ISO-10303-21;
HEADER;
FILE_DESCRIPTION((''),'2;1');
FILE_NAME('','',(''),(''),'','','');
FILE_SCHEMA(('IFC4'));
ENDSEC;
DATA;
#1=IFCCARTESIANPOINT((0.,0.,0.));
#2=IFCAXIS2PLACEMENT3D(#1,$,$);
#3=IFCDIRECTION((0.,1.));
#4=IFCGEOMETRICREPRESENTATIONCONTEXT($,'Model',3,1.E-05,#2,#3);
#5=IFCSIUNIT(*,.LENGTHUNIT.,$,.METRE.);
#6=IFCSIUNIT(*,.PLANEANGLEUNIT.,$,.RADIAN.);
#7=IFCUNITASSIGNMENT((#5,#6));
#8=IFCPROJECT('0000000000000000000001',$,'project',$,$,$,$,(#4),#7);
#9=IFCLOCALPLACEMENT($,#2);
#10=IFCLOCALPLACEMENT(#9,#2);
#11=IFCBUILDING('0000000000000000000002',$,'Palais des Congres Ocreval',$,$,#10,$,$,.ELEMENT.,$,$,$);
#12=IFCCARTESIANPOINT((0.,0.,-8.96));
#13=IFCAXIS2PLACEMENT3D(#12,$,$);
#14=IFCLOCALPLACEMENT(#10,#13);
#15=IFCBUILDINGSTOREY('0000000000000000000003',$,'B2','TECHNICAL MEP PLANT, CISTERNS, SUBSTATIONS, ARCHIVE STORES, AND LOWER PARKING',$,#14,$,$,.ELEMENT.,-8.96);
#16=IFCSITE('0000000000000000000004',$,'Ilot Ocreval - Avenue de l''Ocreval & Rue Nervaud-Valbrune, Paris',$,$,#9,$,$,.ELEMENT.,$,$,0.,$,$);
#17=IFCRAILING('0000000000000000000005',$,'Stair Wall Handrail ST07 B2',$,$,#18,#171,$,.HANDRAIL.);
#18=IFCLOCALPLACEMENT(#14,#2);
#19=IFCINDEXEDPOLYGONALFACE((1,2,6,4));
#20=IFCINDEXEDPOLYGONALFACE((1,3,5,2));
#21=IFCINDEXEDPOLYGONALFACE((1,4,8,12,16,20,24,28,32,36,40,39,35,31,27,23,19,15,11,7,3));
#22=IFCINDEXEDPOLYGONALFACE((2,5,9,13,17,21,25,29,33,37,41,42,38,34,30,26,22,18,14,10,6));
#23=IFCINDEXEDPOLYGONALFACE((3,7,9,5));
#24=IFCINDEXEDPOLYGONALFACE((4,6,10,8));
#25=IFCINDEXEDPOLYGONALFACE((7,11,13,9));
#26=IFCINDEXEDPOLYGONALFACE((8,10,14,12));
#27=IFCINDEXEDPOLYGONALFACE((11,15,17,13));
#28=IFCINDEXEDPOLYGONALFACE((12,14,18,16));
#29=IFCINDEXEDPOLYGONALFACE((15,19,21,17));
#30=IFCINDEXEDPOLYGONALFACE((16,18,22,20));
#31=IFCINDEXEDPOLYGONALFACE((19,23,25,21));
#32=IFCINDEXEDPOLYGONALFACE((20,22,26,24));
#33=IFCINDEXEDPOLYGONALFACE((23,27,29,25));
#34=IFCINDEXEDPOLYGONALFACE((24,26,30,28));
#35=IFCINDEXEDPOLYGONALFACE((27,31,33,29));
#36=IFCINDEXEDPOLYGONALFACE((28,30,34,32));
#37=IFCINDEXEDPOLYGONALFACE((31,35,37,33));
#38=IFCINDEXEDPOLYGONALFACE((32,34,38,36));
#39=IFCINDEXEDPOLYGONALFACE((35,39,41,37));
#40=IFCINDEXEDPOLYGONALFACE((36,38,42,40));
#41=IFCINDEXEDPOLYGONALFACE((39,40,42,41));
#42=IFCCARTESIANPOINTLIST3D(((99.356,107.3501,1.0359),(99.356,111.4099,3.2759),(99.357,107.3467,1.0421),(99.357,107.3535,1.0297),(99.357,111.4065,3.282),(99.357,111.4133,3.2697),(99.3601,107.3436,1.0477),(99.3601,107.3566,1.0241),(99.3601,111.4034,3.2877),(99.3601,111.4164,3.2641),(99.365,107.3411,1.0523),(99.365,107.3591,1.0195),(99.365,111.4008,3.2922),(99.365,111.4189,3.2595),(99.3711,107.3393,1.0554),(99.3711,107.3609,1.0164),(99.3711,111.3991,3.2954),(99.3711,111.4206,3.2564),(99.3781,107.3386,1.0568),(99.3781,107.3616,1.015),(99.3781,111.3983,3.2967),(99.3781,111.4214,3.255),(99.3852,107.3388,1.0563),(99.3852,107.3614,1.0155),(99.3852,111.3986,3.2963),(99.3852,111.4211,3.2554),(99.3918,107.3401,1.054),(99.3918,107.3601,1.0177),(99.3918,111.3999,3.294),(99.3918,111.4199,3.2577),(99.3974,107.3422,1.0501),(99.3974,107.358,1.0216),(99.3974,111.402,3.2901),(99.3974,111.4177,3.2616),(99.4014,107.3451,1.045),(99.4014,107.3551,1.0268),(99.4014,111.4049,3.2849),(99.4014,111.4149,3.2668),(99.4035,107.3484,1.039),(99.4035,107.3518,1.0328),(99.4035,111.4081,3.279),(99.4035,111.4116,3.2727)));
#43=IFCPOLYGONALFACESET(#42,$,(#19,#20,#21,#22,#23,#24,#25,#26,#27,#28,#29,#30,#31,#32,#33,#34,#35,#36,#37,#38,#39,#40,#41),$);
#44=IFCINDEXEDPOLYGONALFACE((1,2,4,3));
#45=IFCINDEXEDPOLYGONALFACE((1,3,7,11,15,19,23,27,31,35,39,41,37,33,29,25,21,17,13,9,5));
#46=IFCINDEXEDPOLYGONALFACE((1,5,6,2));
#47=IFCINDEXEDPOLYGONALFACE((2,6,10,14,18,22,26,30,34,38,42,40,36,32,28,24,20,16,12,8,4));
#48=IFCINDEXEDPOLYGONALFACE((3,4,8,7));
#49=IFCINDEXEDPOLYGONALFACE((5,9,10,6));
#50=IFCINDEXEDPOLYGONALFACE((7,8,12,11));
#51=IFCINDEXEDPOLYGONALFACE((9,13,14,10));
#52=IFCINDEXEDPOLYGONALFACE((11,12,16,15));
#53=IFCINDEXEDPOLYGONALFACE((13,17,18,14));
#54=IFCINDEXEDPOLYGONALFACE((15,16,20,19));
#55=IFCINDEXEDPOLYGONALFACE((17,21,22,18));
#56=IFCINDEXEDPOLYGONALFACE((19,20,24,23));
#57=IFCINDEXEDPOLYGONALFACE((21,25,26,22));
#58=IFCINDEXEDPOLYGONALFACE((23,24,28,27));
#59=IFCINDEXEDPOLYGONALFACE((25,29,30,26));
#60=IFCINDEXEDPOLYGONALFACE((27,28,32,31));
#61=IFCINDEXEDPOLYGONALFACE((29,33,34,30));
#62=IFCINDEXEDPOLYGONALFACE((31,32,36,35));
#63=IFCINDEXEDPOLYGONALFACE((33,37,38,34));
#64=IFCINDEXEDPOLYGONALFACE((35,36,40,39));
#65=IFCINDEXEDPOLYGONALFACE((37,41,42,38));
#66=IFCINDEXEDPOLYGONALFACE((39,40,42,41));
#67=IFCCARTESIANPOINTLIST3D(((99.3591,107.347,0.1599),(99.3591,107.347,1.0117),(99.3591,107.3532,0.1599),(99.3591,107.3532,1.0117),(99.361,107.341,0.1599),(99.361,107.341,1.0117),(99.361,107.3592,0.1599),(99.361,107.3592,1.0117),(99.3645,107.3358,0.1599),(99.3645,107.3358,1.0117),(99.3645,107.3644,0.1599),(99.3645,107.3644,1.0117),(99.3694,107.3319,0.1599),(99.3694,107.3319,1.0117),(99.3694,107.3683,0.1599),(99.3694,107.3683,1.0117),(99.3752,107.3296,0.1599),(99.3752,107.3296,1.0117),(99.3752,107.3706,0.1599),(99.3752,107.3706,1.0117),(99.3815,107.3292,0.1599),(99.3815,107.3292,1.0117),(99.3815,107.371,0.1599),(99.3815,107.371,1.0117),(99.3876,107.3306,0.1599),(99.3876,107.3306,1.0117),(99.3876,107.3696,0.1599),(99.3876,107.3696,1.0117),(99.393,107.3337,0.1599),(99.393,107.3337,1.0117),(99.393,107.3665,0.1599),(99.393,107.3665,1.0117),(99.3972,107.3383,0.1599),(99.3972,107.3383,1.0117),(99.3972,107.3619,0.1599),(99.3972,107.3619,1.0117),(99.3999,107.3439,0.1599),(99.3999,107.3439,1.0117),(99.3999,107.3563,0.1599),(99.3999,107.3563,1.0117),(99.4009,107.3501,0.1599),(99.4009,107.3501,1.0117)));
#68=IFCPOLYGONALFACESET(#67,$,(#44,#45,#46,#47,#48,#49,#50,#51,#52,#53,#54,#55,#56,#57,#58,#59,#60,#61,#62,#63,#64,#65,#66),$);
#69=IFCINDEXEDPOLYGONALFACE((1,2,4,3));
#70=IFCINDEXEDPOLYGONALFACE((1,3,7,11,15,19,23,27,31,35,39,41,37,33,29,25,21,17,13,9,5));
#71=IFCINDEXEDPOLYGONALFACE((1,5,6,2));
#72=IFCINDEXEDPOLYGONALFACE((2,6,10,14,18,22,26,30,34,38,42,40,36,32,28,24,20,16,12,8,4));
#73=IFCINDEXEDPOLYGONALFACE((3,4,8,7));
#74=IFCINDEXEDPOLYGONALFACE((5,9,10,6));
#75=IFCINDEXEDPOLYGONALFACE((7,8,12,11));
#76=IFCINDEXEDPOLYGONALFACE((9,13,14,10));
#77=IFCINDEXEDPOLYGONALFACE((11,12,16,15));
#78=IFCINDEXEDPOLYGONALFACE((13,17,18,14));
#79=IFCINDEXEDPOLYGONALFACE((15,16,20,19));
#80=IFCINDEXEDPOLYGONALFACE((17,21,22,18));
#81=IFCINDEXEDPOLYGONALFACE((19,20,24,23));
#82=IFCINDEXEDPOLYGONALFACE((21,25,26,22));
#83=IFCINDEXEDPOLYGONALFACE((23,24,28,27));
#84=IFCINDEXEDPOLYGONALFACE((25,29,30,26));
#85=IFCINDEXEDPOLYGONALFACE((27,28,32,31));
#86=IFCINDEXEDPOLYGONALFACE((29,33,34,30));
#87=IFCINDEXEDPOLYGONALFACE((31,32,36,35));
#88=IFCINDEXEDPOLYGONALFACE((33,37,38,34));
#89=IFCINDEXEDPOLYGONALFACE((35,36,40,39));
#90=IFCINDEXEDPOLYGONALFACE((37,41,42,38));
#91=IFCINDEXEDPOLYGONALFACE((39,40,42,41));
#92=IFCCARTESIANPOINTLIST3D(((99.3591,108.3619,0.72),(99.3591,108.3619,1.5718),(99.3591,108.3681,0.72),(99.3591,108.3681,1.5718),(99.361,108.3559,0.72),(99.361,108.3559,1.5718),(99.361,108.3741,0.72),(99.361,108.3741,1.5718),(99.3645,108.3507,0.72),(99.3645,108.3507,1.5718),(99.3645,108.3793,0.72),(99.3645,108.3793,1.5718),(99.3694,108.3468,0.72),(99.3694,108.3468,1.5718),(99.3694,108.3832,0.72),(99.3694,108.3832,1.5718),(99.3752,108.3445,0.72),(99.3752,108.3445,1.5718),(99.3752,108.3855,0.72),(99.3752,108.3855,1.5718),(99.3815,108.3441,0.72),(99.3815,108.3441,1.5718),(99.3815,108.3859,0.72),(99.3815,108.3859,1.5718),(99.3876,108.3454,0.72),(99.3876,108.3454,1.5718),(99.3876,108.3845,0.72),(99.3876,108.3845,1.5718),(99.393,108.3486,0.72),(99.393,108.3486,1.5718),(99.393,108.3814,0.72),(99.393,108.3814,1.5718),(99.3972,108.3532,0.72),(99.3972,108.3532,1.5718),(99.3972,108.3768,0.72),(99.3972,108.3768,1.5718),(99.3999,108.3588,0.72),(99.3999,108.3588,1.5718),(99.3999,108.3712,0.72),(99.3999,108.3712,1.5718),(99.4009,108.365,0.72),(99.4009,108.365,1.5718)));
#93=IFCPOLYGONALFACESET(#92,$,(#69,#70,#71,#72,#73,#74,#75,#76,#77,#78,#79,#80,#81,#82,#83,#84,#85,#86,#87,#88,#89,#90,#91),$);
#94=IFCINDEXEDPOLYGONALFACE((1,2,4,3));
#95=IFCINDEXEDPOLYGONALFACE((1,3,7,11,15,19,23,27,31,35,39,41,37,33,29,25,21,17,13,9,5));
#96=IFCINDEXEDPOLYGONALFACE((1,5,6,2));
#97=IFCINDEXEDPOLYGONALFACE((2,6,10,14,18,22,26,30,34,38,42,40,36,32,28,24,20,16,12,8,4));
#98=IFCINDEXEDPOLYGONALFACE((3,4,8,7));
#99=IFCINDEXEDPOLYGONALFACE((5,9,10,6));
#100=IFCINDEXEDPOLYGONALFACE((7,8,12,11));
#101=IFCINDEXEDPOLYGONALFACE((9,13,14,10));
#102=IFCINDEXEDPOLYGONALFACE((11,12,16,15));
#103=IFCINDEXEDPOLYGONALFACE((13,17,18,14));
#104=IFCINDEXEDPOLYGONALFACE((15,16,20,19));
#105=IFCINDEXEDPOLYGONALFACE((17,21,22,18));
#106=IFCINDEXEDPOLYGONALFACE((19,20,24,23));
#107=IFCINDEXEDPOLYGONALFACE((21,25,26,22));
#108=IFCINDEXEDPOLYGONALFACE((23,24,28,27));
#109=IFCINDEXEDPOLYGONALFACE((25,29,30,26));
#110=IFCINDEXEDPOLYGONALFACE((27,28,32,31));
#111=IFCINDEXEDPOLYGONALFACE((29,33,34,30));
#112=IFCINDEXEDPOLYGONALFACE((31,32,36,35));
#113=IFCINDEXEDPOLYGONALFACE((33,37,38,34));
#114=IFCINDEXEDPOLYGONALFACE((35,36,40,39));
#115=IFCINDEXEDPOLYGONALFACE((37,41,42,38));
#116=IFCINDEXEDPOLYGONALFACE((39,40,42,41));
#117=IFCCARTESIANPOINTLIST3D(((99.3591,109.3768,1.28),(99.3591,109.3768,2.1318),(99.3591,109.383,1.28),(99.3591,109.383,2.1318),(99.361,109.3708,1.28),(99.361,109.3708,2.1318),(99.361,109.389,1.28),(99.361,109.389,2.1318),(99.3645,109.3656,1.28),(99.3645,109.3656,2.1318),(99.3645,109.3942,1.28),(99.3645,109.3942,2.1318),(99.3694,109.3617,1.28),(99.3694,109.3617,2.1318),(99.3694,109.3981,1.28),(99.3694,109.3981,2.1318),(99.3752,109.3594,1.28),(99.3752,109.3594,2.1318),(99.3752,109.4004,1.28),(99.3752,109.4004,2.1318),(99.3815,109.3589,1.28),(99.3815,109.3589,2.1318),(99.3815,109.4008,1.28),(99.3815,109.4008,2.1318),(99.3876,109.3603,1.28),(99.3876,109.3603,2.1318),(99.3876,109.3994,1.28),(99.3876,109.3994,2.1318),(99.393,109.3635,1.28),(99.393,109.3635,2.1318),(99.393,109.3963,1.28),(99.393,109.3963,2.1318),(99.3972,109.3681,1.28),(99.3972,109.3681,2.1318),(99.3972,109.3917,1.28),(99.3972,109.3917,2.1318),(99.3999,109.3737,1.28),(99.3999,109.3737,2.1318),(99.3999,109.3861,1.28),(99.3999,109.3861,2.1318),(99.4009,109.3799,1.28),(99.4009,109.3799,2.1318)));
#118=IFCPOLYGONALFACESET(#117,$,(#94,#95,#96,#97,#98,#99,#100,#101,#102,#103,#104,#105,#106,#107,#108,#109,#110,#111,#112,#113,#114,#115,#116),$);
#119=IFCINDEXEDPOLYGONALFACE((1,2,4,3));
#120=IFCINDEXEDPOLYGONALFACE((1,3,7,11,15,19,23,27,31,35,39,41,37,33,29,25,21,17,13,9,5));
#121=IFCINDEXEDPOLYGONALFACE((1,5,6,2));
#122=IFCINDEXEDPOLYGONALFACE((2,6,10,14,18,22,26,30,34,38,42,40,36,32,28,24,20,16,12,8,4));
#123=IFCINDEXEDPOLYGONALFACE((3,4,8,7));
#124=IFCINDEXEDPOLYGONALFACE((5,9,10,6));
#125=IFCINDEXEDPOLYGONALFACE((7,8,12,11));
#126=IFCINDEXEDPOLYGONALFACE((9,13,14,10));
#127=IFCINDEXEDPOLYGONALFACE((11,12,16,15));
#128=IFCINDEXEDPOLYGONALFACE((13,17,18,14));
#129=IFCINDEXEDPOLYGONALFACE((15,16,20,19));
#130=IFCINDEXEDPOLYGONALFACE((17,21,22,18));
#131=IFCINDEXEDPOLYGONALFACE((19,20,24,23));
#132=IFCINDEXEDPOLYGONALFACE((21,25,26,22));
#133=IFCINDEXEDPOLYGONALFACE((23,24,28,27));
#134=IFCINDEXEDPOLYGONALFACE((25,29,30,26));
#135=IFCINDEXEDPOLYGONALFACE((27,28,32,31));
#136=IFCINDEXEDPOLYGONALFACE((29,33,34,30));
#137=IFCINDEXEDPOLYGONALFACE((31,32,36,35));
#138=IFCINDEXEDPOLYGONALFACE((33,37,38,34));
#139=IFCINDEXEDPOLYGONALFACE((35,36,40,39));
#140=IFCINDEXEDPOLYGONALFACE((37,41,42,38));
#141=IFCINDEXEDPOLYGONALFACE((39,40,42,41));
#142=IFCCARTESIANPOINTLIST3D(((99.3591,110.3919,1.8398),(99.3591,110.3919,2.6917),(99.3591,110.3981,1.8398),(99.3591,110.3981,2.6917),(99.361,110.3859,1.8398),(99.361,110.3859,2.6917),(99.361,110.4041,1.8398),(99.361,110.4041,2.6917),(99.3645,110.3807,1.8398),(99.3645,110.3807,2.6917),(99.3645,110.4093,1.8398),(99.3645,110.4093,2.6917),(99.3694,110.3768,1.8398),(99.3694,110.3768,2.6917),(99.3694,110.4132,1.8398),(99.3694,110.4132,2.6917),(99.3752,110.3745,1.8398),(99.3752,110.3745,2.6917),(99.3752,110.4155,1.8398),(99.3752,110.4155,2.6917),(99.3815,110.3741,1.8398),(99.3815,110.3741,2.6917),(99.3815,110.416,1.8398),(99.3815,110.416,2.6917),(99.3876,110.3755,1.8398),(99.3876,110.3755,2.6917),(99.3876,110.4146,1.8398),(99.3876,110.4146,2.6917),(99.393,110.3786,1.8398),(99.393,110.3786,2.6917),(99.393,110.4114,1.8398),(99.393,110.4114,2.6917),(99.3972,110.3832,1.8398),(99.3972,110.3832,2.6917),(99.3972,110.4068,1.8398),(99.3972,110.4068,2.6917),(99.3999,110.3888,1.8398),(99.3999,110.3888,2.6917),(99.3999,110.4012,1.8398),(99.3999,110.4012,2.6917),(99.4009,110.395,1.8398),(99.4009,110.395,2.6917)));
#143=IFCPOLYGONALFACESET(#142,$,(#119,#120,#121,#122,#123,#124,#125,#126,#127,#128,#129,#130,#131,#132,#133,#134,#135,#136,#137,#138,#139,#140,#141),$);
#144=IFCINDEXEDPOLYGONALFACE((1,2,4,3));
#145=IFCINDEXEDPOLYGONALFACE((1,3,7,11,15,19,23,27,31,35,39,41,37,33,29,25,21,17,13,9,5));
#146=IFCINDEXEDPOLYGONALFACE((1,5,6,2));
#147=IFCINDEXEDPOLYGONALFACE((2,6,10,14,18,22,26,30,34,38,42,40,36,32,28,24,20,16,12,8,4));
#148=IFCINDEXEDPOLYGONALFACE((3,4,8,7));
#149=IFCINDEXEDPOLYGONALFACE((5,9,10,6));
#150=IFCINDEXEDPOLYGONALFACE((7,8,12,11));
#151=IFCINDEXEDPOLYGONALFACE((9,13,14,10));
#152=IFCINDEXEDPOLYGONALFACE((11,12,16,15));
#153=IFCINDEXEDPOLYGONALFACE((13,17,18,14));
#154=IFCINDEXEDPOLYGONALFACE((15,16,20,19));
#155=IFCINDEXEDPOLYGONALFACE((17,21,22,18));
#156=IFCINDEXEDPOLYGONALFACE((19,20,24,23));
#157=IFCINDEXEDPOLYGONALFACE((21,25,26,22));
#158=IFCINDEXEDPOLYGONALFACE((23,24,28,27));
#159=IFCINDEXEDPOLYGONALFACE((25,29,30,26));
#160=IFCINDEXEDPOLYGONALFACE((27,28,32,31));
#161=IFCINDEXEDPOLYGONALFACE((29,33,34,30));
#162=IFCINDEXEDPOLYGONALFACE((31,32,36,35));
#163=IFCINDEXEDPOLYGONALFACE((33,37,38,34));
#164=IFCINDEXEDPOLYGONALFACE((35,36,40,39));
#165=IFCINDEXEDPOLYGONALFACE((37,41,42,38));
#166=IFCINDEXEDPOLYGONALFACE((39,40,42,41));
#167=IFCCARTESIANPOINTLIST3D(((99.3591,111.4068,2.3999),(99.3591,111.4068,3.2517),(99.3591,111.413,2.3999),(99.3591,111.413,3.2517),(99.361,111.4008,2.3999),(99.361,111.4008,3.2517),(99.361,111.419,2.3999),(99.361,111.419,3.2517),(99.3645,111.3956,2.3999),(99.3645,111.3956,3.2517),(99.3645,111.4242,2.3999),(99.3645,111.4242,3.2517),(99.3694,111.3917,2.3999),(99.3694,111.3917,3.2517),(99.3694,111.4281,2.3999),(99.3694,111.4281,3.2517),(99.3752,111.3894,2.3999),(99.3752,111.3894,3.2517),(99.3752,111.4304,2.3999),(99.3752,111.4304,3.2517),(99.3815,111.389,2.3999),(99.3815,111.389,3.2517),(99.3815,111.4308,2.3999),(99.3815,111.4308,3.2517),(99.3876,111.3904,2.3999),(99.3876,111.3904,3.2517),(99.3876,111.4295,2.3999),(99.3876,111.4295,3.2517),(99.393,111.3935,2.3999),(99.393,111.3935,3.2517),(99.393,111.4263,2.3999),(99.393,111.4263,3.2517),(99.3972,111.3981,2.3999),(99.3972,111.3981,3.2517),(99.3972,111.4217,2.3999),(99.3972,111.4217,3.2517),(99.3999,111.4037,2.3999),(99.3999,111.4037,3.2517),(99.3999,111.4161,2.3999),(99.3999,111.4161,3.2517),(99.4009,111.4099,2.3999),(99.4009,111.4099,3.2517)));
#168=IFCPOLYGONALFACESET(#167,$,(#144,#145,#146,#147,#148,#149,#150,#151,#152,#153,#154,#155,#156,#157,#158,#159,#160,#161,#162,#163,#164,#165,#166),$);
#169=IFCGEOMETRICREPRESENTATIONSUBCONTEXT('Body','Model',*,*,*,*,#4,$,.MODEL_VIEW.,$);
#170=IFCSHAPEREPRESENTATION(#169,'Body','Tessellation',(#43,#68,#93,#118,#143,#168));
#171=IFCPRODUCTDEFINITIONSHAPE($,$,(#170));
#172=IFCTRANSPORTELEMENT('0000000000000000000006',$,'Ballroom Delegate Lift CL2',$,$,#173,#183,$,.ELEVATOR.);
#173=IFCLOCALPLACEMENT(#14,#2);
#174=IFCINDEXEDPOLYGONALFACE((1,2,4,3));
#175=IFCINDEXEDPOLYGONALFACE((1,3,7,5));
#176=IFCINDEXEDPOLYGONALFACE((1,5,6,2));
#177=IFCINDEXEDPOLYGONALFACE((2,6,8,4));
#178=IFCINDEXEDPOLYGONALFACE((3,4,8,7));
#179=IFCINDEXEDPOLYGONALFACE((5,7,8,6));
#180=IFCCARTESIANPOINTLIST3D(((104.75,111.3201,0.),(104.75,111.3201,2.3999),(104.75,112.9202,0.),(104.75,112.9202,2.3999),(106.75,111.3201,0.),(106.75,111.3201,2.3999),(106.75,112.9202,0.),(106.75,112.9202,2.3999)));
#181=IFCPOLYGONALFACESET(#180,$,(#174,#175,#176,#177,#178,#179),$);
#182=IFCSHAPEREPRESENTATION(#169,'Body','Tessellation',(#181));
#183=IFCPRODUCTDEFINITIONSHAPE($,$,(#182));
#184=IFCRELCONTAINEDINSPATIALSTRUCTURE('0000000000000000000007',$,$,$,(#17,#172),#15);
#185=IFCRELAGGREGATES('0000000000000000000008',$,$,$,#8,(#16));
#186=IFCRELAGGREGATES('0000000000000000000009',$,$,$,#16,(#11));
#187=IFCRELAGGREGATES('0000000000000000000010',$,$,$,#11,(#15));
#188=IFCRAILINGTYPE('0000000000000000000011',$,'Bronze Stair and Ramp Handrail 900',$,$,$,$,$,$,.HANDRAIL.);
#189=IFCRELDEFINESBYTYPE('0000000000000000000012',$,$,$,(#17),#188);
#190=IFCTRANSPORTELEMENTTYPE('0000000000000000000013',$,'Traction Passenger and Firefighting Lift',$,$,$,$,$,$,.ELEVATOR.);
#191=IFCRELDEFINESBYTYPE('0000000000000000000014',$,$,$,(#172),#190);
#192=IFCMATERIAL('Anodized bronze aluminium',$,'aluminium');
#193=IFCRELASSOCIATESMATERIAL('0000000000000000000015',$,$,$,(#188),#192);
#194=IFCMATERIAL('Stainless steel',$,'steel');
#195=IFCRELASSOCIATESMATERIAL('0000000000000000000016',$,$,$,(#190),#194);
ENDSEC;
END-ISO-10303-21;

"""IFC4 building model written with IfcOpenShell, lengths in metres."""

from ifc_helpers import new_model, si_unit, direction, frame, origin, origin_2d, place, context, subcontext, project, spatial, rectangle, circle, extrude, material, type_object, element, save


model = new_model("IFC4")

# Units and contexts
model_context = context("Model", 3, precision=1e-05, world=origin(), true_north=direction((0.0, 1.0)))
body_context = subcontext(model_context, "Body", "Model", "MODEL_VIEW")
ifc_project = project(units=[si_unit("LENGTHUNIT", "METRE"), si_unit("PLANEANGLEUNIT", "RADIAN")], contexts=[model_context])

# Site, building, storey
site_placement = place(None, origin())
site = spatial("IfcSite", under=ifc_project, at=site_placement, Name="Ilot Ocreval - Avenue de l'Ocreval & Rue Nervaud-Valbrune, Paris", CompositionType="ELEMENT", RefElevation=0.0)
building_placement = place(site_placement, origin())
building = spatial("IfcBuilding", under=site, at=building_placement, Name="Palais des Congres Ocreval", CompositionType="ELEMENT")
storey_placement = place(building_placement, frame((0.0, 0.0, -8.96)))
storey = spatial("IfcBuildingStorey", under=building, at=storey_placement, Name="B2", Description="TECHNICAL MEP PLANT, CISTERNS, SUBSTATIONS, ARCHIVE STORES, AND LOWER PARKING", CompositionType="ELEMENT", Elevation=-8.96)

# Railing
ifc_material_1 = material(Name="Anodized bronze aluminium", Category="aluminium")
railing_type_1 = type_object("IfcRailingType", Name="Bronze Stair and Ramp Handrail 900", PredefinedType="HANDRAIL", material=ifc_material_1)
railing_1_placement = place(storey_placement, frame((99.3799, 107.3501, 0.1599)))
element("IfcRailing", 1, at=railing_1_placement, inside=storey, type_object=railing_type_1, Name="Stair Wall Handrail ST07 B2", PredefinedType="HANDRAIL", context=body_context, shape_type="SweptSolid", body=[
    extrude(circle(Radius=0.0239, at=origin_2d()), frame((0.0, 0.0, 0.876), z_axis=(0.0, 0.875569, 0.483093), x_axis=(-1.0, 0.0, 0.0)), (0.0, 0.0, 1.0), 4.6367),
    extrude(circle(Radius=0.021, at=origin_2d()), origin(), (0.0, 0.0, 1.0), 0.8518),
    extrude(circle(Radius=0.021, at=origin_2d()), frame((0.0, 1.0149, 0.5601)), (0.0, 0.0, 1.0), 0.8518),
    extrude(circle(Radius=0.021, at=origin_2d()), frame((0.0, 2.0298, 1.1201)), (0.0, 0.0, 1.0), 0.8518),
    extrude(circle(Radius=0.021, at=origin_2d()), frame((0.0, 3.0449, 1.6799)), (0.0, 0.0, 1.0), 0.8518),
    extrude(circle(Radius=0.021, at=origin_2d()), frame((0.0, 4.0598, 2.24)), (0.0, 0.0, 1.0), 0.8518),
])

# Transport element
ifc_material_2 = material(Name="Stainless steel", Category="steel")
transport_element_type = type_object("IfcTransportElementType", Name="Traction Passenger and Firefighting Lift", PredefinedType="ELEVATOR", material=ifc_material_2)
transport_element_placement = place(storey_placement, frame((105.75, 112.1201, 0.0), z_axis=(0.0, 0.0, 1.0), x_axis=(1.0, 0.0, 0.0)))
element("IfcTransportElement", 2, at=transport_element_placement, inside=storey, type_object=transport_element_type, Name="Ballroom Delegate Lift CL2", PredefinedType="ELEVATOR", context=body_context, shape_type="SweptSolid", body=[
    extrude(rectangle(XDim=2.0, YDim=1.6001, at=origin_2d()), origin(), (0.0, 0.0, 1.0), 2.3999),
])

save(model, "model.ifc")
